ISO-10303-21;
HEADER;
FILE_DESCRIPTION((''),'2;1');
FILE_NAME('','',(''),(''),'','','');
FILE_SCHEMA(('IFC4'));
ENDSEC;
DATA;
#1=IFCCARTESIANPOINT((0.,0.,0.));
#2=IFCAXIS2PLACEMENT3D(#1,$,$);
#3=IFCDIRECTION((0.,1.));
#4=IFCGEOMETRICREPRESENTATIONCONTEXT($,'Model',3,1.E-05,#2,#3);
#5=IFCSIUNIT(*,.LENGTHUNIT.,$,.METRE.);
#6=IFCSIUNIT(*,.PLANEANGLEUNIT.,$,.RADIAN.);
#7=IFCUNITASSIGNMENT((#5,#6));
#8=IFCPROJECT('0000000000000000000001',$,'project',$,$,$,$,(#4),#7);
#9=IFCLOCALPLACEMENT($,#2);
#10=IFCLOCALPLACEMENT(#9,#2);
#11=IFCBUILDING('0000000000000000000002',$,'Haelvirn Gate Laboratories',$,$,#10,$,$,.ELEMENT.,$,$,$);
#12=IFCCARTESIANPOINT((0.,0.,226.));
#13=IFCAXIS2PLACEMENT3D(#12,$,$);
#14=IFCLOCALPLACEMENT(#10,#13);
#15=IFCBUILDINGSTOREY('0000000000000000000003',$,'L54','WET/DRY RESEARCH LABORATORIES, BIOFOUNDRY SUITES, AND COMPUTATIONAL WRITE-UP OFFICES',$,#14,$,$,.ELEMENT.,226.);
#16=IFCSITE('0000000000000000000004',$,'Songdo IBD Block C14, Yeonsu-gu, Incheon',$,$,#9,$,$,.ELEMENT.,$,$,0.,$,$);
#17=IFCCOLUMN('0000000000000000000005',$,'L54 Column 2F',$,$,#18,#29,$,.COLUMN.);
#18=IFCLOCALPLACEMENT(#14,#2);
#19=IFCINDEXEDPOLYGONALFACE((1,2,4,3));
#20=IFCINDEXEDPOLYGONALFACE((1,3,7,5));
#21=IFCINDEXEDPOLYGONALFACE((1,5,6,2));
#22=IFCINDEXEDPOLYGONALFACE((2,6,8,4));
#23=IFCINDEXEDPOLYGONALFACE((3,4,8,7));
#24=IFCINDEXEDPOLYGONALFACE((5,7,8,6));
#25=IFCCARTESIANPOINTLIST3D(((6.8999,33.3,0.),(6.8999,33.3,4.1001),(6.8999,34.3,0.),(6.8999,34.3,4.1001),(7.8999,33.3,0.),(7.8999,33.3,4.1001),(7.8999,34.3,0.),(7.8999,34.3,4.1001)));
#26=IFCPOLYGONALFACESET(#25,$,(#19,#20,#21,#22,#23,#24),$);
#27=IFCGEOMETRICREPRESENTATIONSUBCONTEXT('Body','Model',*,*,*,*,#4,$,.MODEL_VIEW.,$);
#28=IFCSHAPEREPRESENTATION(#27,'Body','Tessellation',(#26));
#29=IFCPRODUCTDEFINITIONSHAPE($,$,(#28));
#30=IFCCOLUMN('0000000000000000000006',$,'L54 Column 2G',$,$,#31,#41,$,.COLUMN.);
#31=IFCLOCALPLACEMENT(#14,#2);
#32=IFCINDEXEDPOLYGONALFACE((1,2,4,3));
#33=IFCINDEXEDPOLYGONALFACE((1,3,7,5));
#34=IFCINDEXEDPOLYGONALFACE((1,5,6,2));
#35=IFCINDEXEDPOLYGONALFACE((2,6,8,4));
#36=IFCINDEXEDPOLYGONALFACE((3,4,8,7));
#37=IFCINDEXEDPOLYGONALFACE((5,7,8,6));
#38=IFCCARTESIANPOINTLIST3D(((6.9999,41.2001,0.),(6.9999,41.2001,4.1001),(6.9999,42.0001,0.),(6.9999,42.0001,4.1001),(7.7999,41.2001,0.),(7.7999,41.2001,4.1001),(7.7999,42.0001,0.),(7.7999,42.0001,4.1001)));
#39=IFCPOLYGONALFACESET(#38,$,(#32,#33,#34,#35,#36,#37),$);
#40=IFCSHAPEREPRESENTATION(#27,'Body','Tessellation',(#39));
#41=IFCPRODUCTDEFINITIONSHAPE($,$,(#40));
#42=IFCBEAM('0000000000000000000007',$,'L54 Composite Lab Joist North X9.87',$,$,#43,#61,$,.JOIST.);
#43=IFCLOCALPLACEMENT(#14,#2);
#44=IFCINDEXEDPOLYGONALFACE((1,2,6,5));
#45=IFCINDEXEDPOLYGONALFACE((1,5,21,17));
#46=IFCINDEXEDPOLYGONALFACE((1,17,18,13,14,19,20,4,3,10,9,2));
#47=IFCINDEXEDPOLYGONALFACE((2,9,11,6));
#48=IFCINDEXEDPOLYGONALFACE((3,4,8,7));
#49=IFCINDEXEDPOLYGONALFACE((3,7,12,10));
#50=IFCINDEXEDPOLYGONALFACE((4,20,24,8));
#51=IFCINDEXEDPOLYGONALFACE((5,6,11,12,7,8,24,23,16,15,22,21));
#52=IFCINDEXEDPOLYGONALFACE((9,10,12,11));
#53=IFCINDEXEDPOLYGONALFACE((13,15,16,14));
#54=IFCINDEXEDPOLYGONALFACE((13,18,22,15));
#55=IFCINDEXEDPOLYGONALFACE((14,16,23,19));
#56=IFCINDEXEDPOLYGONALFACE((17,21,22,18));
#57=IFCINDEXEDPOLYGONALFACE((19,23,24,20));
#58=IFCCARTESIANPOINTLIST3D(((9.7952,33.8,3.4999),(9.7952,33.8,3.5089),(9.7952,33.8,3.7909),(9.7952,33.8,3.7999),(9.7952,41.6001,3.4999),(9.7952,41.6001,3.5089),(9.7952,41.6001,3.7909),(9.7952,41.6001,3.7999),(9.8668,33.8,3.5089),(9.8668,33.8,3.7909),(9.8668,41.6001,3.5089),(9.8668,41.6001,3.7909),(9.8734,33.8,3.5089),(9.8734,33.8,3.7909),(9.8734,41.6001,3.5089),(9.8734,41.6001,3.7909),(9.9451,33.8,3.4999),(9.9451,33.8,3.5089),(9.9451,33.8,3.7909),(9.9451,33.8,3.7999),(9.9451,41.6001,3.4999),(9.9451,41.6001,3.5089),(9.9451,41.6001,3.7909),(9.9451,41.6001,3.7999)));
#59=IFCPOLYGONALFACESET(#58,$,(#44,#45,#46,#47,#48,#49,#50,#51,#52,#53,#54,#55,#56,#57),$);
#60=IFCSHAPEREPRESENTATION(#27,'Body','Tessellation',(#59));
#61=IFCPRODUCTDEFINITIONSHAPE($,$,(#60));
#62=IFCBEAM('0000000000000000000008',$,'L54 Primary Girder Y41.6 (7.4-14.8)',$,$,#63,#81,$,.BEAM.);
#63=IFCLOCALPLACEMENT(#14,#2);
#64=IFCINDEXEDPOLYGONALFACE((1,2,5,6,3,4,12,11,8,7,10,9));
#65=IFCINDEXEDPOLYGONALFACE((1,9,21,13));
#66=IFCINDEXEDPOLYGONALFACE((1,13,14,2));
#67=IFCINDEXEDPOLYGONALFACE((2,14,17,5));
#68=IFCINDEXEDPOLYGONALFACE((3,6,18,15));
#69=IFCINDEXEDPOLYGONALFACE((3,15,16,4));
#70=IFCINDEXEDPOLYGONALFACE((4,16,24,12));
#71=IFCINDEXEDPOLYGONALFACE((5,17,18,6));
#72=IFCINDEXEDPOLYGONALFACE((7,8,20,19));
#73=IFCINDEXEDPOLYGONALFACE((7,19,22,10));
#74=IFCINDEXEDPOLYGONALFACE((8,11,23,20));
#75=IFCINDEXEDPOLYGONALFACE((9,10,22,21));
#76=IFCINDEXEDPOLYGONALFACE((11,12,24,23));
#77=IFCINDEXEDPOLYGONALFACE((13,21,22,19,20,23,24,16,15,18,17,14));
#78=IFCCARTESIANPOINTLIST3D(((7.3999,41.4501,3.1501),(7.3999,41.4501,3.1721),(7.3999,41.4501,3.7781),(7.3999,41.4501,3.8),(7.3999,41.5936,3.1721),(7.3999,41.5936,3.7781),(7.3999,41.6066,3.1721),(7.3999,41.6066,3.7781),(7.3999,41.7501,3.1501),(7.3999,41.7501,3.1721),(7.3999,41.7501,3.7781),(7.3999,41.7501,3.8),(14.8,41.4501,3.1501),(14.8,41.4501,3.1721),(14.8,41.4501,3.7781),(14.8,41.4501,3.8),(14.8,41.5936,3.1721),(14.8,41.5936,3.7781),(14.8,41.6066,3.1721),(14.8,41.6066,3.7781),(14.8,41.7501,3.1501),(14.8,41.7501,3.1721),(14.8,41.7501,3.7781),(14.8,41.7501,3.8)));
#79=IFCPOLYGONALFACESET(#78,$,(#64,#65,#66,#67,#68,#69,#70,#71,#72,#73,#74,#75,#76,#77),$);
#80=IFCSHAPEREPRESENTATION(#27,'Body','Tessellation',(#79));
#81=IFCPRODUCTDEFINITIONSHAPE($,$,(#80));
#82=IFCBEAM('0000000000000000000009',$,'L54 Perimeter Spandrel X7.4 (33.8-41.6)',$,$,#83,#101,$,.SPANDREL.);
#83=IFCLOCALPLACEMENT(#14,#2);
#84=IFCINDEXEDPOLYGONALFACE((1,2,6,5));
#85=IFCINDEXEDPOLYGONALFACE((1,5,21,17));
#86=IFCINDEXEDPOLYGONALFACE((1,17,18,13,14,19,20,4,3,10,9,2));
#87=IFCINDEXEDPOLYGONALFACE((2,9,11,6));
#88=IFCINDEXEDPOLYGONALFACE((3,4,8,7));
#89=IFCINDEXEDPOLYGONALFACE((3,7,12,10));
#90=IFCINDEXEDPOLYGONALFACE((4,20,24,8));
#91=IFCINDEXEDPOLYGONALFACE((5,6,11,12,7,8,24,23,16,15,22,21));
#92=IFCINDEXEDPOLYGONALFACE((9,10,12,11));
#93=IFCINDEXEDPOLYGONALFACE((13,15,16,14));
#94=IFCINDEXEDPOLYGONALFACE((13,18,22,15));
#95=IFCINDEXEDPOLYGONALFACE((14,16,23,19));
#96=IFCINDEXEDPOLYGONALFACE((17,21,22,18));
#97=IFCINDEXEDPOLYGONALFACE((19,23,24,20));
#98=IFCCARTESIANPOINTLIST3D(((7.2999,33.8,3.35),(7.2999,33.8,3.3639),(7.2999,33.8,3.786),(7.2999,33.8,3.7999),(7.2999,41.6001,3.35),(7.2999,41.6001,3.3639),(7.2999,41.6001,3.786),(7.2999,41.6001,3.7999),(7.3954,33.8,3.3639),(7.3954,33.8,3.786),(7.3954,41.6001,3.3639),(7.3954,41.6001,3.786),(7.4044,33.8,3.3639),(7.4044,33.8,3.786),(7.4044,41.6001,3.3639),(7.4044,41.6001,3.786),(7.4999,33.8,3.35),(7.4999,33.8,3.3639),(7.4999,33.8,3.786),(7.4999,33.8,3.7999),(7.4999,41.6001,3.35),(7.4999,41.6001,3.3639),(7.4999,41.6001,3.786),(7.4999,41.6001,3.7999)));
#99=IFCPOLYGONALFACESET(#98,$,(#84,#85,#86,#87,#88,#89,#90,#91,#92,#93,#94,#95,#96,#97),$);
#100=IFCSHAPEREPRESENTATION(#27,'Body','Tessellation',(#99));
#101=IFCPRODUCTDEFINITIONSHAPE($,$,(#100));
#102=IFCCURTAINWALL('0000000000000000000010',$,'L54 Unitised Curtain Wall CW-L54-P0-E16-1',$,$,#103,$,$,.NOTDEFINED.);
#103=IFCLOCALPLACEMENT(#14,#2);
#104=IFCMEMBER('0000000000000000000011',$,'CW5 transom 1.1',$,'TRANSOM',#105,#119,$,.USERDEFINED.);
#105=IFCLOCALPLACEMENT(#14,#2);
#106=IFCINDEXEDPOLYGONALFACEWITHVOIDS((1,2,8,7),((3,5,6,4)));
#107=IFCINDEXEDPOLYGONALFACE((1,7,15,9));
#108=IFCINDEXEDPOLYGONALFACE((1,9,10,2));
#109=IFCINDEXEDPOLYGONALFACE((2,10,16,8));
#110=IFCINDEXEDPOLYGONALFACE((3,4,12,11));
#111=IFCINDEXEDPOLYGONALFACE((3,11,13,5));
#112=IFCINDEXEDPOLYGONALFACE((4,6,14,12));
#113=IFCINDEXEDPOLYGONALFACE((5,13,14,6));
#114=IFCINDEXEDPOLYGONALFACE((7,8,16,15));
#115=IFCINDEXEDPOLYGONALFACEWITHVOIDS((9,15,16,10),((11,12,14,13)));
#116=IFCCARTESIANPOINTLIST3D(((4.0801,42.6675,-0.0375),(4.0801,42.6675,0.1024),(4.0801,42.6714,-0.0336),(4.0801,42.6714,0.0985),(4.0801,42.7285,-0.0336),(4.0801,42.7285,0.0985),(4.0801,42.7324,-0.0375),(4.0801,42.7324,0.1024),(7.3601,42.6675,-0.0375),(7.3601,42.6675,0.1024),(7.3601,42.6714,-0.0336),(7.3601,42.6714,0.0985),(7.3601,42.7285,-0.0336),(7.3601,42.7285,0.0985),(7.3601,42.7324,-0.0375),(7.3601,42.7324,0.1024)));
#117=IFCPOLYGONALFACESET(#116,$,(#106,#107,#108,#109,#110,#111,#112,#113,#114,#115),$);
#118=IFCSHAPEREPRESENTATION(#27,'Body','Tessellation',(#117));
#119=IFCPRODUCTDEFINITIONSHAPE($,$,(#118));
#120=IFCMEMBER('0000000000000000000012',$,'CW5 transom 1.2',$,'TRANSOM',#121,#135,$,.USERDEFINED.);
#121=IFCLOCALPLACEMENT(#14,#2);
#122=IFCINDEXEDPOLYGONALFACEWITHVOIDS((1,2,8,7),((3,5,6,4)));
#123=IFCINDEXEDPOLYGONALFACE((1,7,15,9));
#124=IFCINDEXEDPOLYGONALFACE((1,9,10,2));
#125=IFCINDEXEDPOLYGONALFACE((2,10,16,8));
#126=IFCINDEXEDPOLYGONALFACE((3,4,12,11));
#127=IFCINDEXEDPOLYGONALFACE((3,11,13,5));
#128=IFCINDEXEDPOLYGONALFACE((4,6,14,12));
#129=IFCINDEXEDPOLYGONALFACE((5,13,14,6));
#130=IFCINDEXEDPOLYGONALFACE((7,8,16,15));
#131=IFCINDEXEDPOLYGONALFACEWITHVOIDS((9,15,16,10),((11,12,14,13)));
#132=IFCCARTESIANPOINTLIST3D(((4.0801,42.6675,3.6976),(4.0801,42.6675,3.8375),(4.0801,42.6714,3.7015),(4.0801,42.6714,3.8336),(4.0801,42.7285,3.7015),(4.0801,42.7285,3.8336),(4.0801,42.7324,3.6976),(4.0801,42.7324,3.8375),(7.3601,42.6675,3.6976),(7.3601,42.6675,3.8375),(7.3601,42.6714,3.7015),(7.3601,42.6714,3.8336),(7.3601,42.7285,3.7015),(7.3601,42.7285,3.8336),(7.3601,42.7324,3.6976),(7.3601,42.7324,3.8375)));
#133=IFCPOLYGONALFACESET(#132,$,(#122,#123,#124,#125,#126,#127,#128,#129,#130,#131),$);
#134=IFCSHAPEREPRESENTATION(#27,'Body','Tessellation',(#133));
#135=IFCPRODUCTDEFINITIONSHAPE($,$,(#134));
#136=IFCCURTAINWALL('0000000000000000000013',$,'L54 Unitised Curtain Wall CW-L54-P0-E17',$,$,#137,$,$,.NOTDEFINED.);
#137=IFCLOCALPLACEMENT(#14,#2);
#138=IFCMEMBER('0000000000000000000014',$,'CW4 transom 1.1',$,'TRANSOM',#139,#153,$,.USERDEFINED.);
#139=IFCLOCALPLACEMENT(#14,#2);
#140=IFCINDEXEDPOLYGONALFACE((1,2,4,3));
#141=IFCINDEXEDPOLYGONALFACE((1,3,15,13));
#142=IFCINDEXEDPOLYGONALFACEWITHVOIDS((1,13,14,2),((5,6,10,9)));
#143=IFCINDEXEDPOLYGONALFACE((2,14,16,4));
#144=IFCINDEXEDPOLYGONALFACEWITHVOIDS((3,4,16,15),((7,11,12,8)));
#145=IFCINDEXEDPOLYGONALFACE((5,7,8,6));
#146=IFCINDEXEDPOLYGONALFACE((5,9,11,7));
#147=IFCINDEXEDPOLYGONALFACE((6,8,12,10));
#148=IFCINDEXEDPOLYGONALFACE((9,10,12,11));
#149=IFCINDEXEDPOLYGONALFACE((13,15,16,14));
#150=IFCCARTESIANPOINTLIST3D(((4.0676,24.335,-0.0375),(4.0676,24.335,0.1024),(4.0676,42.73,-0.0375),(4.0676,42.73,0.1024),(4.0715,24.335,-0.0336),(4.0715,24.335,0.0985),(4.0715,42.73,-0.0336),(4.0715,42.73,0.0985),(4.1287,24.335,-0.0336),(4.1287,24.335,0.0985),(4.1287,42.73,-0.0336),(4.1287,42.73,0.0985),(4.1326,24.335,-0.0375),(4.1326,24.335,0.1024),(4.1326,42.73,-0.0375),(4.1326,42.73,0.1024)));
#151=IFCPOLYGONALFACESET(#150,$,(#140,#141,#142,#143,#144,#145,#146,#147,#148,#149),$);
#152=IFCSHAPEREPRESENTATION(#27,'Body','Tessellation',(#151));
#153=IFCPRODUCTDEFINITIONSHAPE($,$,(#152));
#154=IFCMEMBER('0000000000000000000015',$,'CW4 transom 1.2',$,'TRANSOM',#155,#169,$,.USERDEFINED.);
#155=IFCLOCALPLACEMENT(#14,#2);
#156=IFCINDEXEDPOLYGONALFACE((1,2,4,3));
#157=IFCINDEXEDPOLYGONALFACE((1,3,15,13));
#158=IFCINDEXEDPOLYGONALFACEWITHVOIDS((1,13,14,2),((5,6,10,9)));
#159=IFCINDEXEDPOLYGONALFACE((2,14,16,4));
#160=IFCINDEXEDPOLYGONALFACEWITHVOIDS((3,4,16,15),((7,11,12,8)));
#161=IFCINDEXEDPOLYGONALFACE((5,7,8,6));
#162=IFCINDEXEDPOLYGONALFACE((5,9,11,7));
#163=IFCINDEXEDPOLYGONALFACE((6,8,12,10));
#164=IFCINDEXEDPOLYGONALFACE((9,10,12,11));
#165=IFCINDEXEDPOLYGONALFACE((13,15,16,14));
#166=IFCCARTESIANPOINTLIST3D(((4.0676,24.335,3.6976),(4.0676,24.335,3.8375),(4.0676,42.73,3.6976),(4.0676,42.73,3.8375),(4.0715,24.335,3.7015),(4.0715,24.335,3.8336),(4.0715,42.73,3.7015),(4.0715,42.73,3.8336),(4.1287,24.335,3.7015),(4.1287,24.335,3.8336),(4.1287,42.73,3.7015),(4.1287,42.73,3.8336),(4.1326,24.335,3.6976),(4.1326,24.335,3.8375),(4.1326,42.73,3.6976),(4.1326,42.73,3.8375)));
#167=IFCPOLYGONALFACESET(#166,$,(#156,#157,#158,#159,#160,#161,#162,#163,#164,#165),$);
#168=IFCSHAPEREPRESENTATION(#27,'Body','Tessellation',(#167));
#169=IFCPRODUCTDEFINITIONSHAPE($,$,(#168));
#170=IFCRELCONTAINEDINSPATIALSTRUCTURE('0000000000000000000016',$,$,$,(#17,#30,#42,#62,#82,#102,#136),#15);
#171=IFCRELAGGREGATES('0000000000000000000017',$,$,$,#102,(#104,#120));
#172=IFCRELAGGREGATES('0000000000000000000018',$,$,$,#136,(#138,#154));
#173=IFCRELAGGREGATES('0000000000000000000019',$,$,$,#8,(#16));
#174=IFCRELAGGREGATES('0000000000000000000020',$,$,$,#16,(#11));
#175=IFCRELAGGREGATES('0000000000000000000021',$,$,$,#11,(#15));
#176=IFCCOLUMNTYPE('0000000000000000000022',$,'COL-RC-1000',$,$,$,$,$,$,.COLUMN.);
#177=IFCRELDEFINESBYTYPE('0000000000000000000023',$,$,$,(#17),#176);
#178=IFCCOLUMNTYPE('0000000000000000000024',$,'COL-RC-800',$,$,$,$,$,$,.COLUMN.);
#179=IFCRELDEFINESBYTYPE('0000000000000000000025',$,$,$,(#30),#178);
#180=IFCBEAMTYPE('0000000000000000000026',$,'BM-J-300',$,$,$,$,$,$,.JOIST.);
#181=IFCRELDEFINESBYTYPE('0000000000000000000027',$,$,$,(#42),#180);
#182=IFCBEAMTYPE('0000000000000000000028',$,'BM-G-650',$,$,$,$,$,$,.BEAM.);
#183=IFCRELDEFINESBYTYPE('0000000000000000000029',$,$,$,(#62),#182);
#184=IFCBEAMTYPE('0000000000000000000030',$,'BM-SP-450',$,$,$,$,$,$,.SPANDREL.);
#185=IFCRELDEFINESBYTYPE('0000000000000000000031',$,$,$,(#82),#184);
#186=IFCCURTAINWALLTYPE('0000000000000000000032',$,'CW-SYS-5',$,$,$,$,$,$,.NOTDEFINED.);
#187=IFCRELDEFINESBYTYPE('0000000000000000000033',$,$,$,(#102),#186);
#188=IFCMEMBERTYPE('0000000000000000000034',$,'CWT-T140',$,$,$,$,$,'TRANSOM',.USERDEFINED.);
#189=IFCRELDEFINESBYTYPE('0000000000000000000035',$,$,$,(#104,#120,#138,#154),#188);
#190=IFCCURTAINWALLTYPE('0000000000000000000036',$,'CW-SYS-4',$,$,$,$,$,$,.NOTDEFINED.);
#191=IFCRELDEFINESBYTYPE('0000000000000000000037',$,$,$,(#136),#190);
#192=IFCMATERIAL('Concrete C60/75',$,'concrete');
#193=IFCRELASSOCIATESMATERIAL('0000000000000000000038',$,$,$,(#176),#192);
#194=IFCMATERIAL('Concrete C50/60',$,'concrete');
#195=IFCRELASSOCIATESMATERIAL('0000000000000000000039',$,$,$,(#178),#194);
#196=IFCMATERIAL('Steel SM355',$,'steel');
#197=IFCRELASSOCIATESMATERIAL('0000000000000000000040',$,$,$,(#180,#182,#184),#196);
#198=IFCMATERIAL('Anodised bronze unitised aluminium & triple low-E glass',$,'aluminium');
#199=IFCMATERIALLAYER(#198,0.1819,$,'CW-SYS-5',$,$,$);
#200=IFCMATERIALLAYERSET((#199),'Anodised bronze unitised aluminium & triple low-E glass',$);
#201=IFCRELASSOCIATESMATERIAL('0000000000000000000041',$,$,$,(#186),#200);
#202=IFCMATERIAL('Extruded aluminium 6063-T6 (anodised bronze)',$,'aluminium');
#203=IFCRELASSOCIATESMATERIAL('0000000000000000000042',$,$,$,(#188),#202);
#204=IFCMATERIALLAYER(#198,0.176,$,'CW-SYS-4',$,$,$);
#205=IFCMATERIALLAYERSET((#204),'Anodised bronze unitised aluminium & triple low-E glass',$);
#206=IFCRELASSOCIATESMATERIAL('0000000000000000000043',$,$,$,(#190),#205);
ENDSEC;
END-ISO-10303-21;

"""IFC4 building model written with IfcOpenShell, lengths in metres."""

from ifc_helpers import new_model, si_unit, direction, frame, origin, origin_2d, place, context, subcontext, project, spatial, rectangle, hollow_rectangle, i_section, extrude, source, transform, mapped, material, layer, layer_set, material_profile, profile_set, type_object, type_shapes, element, aggregate, save


model = new_model("IFC4")

# Units and contexts
model_context = context("Model", 3, precision=1e-05, world=origin(), true_north=direction((0.0, 1.0)))
body_context = subcontext(model_context, "Body", "Model", "MODEL_VIEW")
ifc_project = project(units=[si_unit("LENGTHUNIT", "METRE"), si_unit("PLANEANGLEUNIT", "RADIAN")], contexts=[model_context])

# Site, building, storey
site_placement = place(None, origin())
site = spatial("IfcSite", under=ifc_project, at=site_placement, Name="Songdo IBD Block C14, Yeonsu-gu, Incheon", CompositionType="ELEMENT", RefElevation=0.0)
building_placement = place(site_placement, origin())
building = spatial("IfcBuilding", under=site, at=building_placement, Name="Haelvirn Gate Laboratories", CompositionType="ELEMENT")
storey_placement = place(building_placement, frame((0.0, 0.0, 226.0)))
storey = spatial("IfcBuildingStorey", under=building, at=storey_placement, Name="L54", Description="WET/DRY RESEARCH LABORATORIES, BIOFOUNDRY SUITES, AND COMPUTATIONAL WRITE-UP OFFICES", CompositionType="ELEMENT", Elevation=226.0)

# Columns
ifc_material_1 = material(Name="Concrete C60/75", Category="concrete")
ifc_material_profile_1 = material_profile(ifc_material_1, rectangle(XDim=1.0, YDim=1.0, at=origin_2d()), Name="RC-1000x1000")
ifc_profile_set_1 = profile_set([ifc_material_profile_1], Name="Concrete C60/75")
column_type_1 = type_object("IfcColumnType", Name="COL-RC-1000", PredefinedType="COLUMN", material=ifc_profile_set_1)
shared_shape_1 = source(origin(), body_context, "Body", "SweptSolid", [
    extrude(rectangle(XDim=1.0, YDim=1.0, at=origin_2d()), origin(), (0.0, 0.0, 1.0), 4.1001),
])
type_shapes(column_type_1, [shared_shape_1])
column_1_placement = place(storey_placement, frame((7.3999, 33.8, 0.0), z_axis=(0.0, 0.0, 1.0), x_axis=(1.0, 0.0, 0.0)))
element("IfcColumn", 1, at=column_1_placement, inside=storey, type_object=column_type_1, Name="L54 Column 2F", PredefinedType="COLUMN", context=body_context, shape_type="MappedRepresentation", body=[
    mapped(shared_shape_1, transform((0.0, 0.0, 0.0), scale=1.0)),
])
ifc_material_2 = material(Name="Concrete C50/60", Category="concrete")
ifc_material_profile_2 = material_profile(ifc_material_2, rectangle(XDim=0.8, YDim=0.8, at=origin_2d()), Name="RC-800x800")
ifc_profile_set_2 = profile_set([ifc_material_profile_2], Name="Concrete C50/60")
column_type_2 = type_object("IfcColumnType", Name="COL-RC-800", PredefinedType="COLUMN", material=ifc_profile_set_2)
shared_shape_2 = source(origin(), body_context, "Body", "SweptSolid", [
    extrude(rectangle(XDim=0.8, YDim=0.8, at=origin_2d()), origin(), (0.0, 0.0, 1.0), 4.1001),
])
type_shapes(column_type_2, [shared_shape_2])
column_2_placement = place(storey_placement, frame((7.3999, 41.6001, 0.0), z_axis=(0.0, 0.0, 1.0), x_axis=(1.0, 0.0, 0.0)))
element("IfcColumn", 2, at=column_2_placement, inside=storey, type_object=column_type_2, Name="L54 Column 2G", PredefinedType="COLUMN", context=body_context, shape_type="MappedRepresentation", body=[
    mapped(shared_shape_2, transform((0.0, 0.0, 0.0), scale=1.0)),
])

# Beams
ifc_material_3 = material(Name="Steel SM355", Category="steel")
ifc_material_profile_3 = material_profile(ifc_material_3, i_section(OverallWidth=0.1499, OverallDepth=0.3, WebThickness=0.0066, FlangeThickness=0.009, at=origin_2d()), Name="H-300x150x6.5x9")
ifc_profile_set_3 = profile_set([ifc_material_profile_3], Name="Steel SM355")
beam_type_1 = type_object("IfcBeamType", Name="BM-J-300", PredefinedType="JOIST", material=ifc_profile_set_3)
shared_shape_3 = source(origin(), body_context, "Body", "SweptSolid", [
    extrude(i_section(OverallWidth=0.1499, OverallDepth=0.3, WebThickness=0.0066, FlangeThickness=0.009, at=origin_2d()), origin(), (0.0, 0.0, 1.0), 7.8),
])
type_shapes(beam_type_1, [shared_shape_3])
beam_1_placement = place(storey_placement, frame((9.8701, 33.8, 3.6499), z_axis=(0.0, 1.0, 0.0), x_axis=(-1.0, 0.0, 0.0)))
element("IfcBeam", 3, at=beam_1_placement, inside=storey, type_object=beam_type_1, Name="L54 Composite Lab Joist North X9.87", PredefinedType="JOIST", context=body_context, shape_type="MappedRepresentation", body=[
    mapped(shared_shape_3, transform((0.0, 0.0, 0.0), scale=1.0)),
])
ifc_material_profile_4 = material_profile(ifc_material_3, i_section(OverallWidth=0.3, OverallDepth=0.6499, WebThickness=0.0129, FlangeThickness=0.022, at=origin_2d()), Name="H-650x300x13x22")
ifc_profile_set_4 = profile_set([ifc_material_profile_4], Name="Steel SM355")
beam_type_2 = type_object("IfcBeamType", Name="BM-G-650", PredefinedType="BEAM", material=ifc_profile_set_4)
shared_shape_4 = source(origin(), body_context, "Body", "SweptSolid", [
    extrude(i_section(OverallWidth=0.3, OverallDepth=0.6499, WebThickness=0.0129, FlangeThickness=0.022, at=origin_2d()), origin(), (0.0, 0.0, 1.0), 7.4001),
])
type_shapes(beam_type_2, [shared_shape_4])
beam_2_placement = place(storey_placement, frame((7.3999, 41.6001, 3.4751), z_axis=(1.0, 0.0, 0.0), x_axis=(0.0, 1.0, 0.0)))
element("IfcBeam", 4, at=beam_2_placement, inside=storey, type_object=beam_type_2, Name="L54 Primary Girder Y41.6 (7.4-14.8)", PredefinedType="BEAM", context=body_context, shape_type="MappedRepresentation", body=[
    mapped(shared_shape_4, transform((0.0, 0.0, 0.0), scale=1.0)),
])
ifc_material_profile_5 = material_profile(ifc_material_3, i_section(OverallWidth=0.2, OverallDepth=0.45, WebThickness=0.009, FlangeThickness=0.0139, at=origin_2d()), Name="H-450x200x9x14")
ifc_profile_set_5 = profile_set([ifc_material_profile_5], Name="Steel SM355")
beam_type_3 = type_object("IfcBeamType", Name="BM-SP-450", PredefinedType="SPANDREL", material=ifc_profile_set_5)
shared_shape_5 = source(origin(), body_context, "Body", "SweptSolid", [
    extrude(i_section(OverallWidth=0.2, OverallDepth=0.45, WebThickness=0.009, FlangeThickness=0.0139, at=origin_2d()), origin(), (0.0, 0.0, 1.0), 7.8),
])
type_shapes(beam_type_3, [shared_shape_5])
beam_3_placement = place(storey_placement, frame((7.3999, 33.8, 3.575), z_axis=(0.0, 1.0, 0.0), x_axis=(-1.0, 0.0, 0.0)))
element("IfcBeam", 5, at=beam_3_placement, inside=storey, type_object=beam_type_3, Name="L54 Perimeter Spandrel X7.4 (33.8-41.6)", PredefinedType="SPANDREL", context=body_context, shape_type="MappedRepresentation", body=[
    mapped(shared_shape_5, transform((0.0, 0.0, 0.0), scale=1.0)),
])

# Curtain walls, members
ifc_material_4 = material(Name="Anodised bronze unitised aluminium & triple low-E glass", Category="aluminium")
ifc_layer_1 = layer(ifc_material_4, 0.1819, Name="CW-SYS-5")
ifc_layer_set_1 = layer_set([ifc_layer_1], Name="Anodised bronze unitised aluminium & triple low-E glass")
curtain_wall_type_1 = type_object("IfcCurtainWallType", Name="CW-SYS-5", PredefinedType="NOTDEFINED", material=ifc_layer_set_1)
curtain_wall_1_placement = place(storey_placement, origin())
curtain_wall_1 = element("IfcCurtainWall", 6, at=curtain_wall_1_placement, inside=storey, type_object=curtain_wall_type_1, Name="L54 Unitised Curtain Wall CW-L54-P0-E16-1", PredefinedType="NOTDEFINED")
ifc_material_5 = material(Name="Extruded aluminium 6063-T6 (anodised bronze)", Category="aluminium")
ifc_material_profile_6 = material_profile(ifc_material_5, hollow_rectangle(XDim=0.0649, YDim=0.1399, WallThickness=0.0039, at=origin_2d()), Name="CWT-140x65x4")
ifc_profile_set_6 = profile_set([ifc_material_profile_6], Name="Extruded aluminium 6063-T6 (anodised bronze)")
member_type_1 = type_object("IfcMemberType", Name="CWT-T140", ElementType="TRANSOM", PredefinedType="USERDEFINED", material=ifc_profile_set_6)
shared_shape_6 = source(origin(), body_context, "Body", "SweptSolid", [
    extrude(hollow_rectangle(XDim=0.0649, YDim=0.1399, WallThickness=0.0039, at=origin_2d()), origin(), (0.0, 0.0, 1.0), 3.28),
])
member_1_placement = place(storey_placement, frame((4.0801, 42.7, 0.0325), z_axis=(1.0, 0.0, 0.0), x_axis=(0.0, 1.0, 0.0)))
member_1 = element("IfcMember", 7, at=member_1_placement, type_object=member_type_1, Name="CW5 transom 1.1", ObjectType="TRANSOM", PredefinedType="USERDEFINED", context=body_context, shape_type="MappedRepresentation", body=[
    mapped(shared_shape_6, transform((0.0, 0.0, 0.0), scale=1.0)),
])
member_2_placement = place(storey_placement, frame((4.0801, 42.7, 3.7676), z_axis=(1.0, 0.0, 0.0), x_axis=(0.0, 1.0, 0.0)))
member_2 = element("IfcMember", 8, at=member_2_placement, type_object=member_type_1, Name="CW5 transom 1.2", ObjectType="TRANSOM", PredefinedType="USERDEFINED", context=body_context, shape_type="MappedRepresentation", body=[
    mapped(shared_shape_6, transform((0.0, 0.0, 0.0), scale=1.0)),
])
ifc_layer_2 = layer(ifc_material_4, 0.176, Name="CW-SYS-4")
ifc_layer_set_2 = layer_set([ifc_layer_2], Name="Anodised bronze unitised aluminium & triple low-E glass")
curtain_wall_type_2 = type_object("IfcCurtainWallType", Name="CW-SYS-4", PredefinedType="NOTDEFINED", material=ifc_layer_set_2)
curtain_wall_2_placement = place(storey_placement, origin())
curtain_wall_2 = element("IfcCurtainWall", 9, at=curtain_wall_2_placement, inside=storey, type_object=curtain_wall_type_2, Name="L54 Unitised Curtain Wall CW-L54-P0-E17", PredefinedType="NOTDEFINED")
shared_shape_7 = source(origin(), body_context, "Body", "SweptSolid", [
    extrude(hollow_rectangle(XDim=0.0649, YDim=0.1399, WallThickness=0.0039, at=origin_2d()), origin(), (0.0, 0.0, 1.0), 18.395),
])
member_3_placement = place(storey_placement, frame((4.1001, 42.73, 0.0325), z_axis=(0.0, -1.0, 0.0), x_axis=(1.0, 0.0, 0.0)))
member_3 = element("IfcMember", 10, at=member_3_placement, type_object=member_type_1, Name="CW4 transom 1.1", ObjectType="TRANSOM", PredefinedType="USERDEFINED", context=body_context, shape_type="MappedRepresentation", body=[
    mapped(shared_shape_7, transform((0.0, 0.0, 0.0), scale=1.0)),
])
member_4_placement = place(storey_placement, frame((4.1001, 42.73, 3.7676), z_axis=(0.0, -1.0, 0.0), x_axis=(1.0, 0.0, 0.0)))
member_4 = element("IfcMember", 11, at=member_4_placement, type_object=member_type_1, Name="CW4 transom 1.2", ObjectType="TRANSOM", PredefinedType="USERDEFINED", context=body_context, shape_type="MappedRepresentation", body=[
    mapped(shared_shape_7, transform((0.0, 0.0, 0.0), scale=1.0)),
])

aggregate(curtain_wall_1, [member_1, member_2])
aggregate(curtain_wall_2, [member_3, member_4])

save(model, "model.ifc")
